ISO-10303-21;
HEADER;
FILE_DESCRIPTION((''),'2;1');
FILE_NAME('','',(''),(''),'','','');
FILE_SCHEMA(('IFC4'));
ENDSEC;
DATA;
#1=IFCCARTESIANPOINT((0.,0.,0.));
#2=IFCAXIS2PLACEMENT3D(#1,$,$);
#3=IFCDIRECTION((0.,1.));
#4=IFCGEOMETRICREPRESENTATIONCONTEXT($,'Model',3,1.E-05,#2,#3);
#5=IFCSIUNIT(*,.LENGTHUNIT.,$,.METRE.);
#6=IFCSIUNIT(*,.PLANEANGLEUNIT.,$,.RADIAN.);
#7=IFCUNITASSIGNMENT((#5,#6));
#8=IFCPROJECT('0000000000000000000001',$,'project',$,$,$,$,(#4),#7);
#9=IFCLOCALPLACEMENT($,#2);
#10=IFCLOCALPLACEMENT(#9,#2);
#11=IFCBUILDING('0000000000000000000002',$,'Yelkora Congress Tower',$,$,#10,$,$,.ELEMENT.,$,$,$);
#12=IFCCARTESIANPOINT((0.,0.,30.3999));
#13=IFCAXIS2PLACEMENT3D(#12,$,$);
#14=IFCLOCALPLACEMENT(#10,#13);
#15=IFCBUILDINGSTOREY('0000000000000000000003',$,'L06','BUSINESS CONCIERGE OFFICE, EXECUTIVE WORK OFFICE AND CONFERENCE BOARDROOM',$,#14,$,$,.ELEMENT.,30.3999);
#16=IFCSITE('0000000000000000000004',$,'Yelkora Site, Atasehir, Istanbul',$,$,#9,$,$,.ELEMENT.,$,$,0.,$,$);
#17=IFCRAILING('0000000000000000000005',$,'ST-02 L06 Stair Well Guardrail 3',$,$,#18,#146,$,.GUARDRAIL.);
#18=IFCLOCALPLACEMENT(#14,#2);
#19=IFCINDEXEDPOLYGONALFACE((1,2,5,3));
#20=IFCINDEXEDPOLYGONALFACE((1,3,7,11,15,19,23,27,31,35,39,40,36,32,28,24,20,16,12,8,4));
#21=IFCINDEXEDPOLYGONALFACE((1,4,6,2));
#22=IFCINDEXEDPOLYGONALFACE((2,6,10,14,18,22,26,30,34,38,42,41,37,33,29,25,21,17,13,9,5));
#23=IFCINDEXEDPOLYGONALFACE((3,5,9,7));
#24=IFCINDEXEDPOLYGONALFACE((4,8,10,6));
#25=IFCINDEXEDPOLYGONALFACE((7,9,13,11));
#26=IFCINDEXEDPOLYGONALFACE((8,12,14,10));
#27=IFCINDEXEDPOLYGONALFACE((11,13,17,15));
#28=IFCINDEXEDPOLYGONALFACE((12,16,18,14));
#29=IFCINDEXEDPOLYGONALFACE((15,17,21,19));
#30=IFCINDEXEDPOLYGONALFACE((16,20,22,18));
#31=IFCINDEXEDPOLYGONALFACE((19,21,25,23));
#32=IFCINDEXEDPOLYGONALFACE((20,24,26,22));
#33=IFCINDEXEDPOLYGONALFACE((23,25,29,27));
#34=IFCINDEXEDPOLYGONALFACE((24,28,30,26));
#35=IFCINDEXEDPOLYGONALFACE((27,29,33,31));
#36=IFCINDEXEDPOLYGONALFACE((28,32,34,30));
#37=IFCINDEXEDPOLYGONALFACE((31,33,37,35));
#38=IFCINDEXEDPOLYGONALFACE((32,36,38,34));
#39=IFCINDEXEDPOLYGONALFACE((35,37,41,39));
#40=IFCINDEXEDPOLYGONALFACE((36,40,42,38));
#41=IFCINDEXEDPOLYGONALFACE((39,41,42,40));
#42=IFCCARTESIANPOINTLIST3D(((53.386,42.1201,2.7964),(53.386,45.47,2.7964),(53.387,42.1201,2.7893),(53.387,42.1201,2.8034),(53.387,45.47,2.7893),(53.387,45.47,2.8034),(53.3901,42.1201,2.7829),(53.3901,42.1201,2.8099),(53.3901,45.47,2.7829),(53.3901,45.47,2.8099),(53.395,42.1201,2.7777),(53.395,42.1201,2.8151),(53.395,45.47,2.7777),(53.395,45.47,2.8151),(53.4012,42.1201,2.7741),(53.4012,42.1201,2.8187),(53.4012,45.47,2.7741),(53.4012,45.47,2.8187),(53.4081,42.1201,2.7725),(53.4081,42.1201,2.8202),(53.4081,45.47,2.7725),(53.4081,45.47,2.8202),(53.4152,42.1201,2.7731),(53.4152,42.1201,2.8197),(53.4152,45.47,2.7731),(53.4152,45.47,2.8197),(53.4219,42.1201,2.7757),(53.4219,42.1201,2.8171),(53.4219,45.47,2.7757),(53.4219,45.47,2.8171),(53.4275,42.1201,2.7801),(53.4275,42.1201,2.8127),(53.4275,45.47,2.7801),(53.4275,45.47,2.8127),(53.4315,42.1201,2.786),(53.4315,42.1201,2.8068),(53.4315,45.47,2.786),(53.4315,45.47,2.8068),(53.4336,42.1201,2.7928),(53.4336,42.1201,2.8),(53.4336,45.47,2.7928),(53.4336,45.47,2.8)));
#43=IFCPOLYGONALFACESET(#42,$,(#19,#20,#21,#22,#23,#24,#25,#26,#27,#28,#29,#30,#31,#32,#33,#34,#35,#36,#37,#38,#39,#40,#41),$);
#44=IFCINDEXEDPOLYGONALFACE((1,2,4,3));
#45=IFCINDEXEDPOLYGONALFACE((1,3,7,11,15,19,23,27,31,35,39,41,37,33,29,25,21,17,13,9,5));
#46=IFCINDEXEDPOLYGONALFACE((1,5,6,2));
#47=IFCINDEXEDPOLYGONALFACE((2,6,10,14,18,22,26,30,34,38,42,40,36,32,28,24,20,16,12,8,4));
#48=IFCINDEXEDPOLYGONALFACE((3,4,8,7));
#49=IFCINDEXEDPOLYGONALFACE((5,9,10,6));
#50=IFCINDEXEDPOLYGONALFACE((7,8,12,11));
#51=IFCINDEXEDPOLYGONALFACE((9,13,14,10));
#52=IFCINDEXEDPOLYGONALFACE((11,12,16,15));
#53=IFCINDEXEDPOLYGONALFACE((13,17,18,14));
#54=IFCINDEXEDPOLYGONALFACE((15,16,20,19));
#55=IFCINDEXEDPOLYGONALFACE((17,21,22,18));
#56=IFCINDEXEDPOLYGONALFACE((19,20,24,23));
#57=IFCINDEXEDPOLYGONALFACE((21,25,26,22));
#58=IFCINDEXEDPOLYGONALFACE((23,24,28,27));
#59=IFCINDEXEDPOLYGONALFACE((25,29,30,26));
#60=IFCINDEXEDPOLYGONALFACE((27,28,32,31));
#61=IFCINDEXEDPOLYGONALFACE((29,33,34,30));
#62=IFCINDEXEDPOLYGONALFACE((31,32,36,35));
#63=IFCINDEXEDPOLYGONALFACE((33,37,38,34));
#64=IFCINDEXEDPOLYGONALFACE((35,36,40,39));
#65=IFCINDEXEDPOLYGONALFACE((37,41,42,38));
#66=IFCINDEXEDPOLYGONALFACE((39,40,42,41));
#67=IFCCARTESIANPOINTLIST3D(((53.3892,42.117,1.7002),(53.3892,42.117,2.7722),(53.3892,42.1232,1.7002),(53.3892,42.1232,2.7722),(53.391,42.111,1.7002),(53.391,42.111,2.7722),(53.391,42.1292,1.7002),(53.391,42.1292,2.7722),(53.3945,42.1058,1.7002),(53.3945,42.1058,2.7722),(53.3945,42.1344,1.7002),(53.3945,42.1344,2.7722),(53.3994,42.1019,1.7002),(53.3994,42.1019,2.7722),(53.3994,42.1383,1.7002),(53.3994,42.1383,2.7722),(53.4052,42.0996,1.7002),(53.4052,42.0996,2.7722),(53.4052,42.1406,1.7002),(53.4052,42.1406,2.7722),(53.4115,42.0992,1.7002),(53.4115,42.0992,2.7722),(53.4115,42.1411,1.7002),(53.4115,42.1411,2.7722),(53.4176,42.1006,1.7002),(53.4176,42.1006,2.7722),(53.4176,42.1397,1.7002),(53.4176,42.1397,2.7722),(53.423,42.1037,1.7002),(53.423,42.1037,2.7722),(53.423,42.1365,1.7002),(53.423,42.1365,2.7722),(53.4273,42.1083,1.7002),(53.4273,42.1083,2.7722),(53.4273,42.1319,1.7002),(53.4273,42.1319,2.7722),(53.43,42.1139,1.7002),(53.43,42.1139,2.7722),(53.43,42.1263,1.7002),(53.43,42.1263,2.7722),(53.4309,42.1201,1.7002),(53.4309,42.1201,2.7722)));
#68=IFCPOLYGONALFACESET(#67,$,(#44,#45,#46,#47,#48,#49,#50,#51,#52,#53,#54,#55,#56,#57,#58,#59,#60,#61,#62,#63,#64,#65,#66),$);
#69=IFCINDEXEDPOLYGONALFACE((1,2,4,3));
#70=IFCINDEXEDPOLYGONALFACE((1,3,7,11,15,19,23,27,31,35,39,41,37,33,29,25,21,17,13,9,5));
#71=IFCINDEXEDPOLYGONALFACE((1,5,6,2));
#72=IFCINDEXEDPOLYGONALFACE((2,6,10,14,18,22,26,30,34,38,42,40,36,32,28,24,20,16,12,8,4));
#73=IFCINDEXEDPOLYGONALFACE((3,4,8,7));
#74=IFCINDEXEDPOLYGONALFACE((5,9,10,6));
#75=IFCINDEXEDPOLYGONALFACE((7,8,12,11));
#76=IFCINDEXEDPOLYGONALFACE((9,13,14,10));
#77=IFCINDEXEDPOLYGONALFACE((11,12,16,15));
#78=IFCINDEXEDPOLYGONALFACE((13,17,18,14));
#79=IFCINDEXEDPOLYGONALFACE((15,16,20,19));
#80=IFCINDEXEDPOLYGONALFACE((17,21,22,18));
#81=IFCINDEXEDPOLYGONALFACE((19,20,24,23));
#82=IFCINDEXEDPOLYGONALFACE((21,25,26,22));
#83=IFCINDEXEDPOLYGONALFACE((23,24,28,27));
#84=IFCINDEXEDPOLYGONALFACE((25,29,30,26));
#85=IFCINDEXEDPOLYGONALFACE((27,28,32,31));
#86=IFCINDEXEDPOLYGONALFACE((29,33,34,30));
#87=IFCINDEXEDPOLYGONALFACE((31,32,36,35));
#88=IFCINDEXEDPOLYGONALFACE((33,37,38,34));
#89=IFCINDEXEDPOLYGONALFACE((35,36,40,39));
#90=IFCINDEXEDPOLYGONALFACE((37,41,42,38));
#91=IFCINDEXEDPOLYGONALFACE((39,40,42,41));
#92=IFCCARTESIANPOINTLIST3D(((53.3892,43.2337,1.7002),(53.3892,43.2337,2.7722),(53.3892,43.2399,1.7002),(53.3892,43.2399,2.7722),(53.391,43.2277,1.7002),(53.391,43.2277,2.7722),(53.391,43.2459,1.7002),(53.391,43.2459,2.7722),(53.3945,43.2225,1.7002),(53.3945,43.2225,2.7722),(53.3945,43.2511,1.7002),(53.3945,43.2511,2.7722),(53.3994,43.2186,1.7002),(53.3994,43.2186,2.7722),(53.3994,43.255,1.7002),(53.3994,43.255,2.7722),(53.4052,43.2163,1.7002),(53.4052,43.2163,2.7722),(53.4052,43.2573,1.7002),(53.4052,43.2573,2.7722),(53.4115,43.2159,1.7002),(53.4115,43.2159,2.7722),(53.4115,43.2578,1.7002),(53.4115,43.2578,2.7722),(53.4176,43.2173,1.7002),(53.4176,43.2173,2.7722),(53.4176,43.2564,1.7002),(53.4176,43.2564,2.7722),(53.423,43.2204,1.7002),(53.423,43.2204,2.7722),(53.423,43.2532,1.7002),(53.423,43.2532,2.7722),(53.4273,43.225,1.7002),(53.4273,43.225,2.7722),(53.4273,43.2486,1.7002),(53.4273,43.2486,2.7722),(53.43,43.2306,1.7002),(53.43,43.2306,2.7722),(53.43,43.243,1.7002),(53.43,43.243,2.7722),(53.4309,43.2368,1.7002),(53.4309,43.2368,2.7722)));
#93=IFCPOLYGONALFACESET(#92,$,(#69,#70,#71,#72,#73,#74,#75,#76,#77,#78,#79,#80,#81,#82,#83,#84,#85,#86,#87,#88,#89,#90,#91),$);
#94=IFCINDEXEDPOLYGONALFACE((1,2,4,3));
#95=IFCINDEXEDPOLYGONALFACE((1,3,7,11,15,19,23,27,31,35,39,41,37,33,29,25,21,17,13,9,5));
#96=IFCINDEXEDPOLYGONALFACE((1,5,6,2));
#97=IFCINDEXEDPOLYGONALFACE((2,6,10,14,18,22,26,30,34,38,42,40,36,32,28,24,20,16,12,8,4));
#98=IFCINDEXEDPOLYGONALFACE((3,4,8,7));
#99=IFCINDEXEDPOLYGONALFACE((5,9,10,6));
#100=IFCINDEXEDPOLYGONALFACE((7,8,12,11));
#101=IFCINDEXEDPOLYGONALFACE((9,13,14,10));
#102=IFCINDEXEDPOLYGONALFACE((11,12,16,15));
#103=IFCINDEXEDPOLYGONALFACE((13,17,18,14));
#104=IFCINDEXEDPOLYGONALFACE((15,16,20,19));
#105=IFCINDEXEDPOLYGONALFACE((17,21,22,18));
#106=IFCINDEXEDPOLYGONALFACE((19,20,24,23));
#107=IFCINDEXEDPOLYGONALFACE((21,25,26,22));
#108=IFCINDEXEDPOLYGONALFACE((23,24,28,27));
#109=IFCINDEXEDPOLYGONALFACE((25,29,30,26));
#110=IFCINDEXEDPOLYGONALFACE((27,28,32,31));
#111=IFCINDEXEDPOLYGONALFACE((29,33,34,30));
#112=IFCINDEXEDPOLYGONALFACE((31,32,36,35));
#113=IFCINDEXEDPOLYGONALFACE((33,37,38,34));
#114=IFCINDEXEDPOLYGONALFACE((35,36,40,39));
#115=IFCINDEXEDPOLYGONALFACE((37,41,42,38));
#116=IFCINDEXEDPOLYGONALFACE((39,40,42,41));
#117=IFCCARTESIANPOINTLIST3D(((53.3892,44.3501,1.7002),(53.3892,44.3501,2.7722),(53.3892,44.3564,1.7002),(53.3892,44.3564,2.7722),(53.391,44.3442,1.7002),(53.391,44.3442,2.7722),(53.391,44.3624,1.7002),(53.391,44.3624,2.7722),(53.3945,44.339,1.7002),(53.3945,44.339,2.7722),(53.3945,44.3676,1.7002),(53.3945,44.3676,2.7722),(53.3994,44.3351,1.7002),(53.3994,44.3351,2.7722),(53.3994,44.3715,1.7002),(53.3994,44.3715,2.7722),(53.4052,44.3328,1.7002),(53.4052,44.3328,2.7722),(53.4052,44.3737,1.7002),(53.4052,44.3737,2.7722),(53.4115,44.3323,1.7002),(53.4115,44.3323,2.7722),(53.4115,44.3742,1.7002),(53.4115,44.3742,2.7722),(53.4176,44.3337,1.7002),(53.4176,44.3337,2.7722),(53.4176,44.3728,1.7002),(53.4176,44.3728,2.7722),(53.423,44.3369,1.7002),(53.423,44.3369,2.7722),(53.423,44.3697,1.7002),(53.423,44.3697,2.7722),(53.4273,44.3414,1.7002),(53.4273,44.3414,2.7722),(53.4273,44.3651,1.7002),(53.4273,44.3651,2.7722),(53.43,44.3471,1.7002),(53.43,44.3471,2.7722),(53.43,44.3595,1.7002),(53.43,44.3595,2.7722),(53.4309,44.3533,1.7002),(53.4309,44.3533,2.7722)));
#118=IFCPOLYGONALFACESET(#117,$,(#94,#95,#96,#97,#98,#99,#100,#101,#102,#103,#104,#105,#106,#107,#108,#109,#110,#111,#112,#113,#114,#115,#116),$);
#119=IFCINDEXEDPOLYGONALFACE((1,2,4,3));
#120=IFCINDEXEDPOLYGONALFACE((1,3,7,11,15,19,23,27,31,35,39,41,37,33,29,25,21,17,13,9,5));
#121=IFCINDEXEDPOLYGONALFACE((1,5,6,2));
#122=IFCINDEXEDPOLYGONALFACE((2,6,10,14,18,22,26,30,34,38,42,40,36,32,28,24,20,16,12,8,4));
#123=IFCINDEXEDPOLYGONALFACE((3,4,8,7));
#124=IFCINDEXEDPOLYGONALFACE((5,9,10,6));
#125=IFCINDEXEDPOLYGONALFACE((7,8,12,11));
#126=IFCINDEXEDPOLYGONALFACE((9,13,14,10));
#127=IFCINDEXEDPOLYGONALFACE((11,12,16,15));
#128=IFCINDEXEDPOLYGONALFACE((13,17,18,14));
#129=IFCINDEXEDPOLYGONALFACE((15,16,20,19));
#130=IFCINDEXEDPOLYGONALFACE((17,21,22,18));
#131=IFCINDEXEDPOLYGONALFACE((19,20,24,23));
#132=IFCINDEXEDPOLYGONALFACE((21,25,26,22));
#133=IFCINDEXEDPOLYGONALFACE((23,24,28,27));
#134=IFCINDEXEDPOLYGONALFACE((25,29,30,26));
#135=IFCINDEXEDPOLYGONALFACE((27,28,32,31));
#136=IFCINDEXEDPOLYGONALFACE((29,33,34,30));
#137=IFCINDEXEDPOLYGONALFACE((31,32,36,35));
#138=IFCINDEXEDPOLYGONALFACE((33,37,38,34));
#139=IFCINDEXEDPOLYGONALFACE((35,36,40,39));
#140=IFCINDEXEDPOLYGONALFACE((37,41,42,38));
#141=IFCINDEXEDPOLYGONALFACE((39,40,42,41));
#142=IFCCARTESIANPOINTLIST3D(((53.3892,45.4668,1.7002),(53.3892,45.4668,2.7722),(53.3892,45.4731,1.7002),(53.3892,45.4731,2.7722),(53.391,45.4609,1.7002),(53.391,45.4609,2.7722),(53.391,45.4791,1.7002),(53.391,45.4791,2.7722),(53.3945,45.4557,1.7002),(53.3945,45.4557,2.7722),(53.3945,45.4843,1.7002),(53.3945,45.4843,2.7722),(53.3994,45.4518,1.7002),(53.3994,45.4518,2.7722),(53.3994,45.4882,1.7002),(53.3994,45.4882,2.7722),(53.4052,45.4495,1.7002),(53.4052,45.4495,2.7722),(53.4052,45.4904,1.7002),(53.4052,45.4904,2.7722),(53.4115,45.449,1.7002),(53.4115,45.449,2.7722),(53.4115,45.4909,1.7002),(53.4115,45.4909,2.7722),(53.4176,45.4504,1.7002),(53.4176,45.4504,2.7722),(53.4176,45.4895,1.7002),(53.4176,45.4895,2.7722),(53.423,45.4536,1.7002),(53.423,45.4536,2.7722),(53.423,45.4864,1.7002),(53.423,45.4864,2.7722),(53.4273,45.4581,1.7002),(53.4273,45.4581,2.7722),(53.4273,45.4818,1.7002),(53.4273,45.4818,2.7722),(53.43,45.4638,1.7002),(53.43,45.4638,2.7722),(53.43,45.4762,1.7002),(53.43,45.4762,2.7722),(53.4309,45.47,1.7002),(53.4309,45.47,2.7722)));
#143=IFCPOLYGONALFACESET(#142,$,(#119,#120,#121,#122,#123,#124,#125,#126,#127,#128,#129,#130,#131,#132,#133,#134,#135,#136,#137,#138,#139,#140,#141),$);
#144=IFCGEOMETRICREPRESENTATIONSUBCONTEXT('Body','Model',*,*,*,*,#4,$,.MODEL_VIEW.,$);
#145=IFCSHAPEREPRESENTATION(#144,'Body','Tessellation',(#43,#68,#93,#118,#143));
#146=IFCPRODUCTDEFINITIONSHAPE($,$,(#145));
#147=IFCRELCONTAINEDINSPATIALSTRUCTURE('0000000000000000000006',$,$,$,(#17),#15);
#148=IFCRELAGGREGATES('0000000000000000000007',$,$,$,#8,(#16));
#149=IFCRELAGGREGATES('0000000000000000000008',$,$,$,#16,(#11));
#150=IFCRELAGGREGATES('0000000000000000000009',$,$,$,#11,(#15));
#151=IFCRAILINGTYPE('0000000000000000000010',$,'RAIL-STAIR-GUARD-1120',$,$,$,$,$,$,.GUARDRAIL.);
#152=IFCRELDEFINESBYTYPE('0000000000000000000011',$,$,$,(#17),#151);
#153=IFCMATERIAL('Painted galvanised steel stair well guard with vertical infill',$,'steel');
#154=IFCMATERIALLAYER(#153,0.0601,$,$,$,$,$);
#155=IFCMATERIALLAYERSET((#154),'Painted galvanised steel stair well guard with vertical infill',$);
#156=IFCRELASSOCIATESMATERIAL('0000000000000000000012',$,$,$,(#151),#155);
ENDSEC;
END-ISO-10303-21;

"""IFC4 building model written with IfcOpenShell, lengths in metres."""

from ifc_helpers import new_model, si_unit, direction, frame, origin, origin_2d, place, context, subcontext, project, spatial, circle, extrude, material, layer, layer_set, type_object, element, save


model = new_model("IFC4")

# Units and contexts
model_context = context("Model", 3, precision=1e-05, world=origin(), true_north=direction((0.0, 1.0)))
body_context = subcontext(model_context, "Body", "Model", "MODEL_VIEW")
ifc_project = project(units=[si_unit("LENGTHUNIT", "METRE"), si_unit("PLANEANGLEUNIT", "RADIAN")], contexts=[model_context])

# Site, building, storey
site_placement = place(None, origin())
site = spatial("IfcSite", under=ifc_project, at=site_placement, Name="Yelkora Site, Atasehir, Istanbul", CompositionType="ELEMENT", RefElevation=0.0)
building_placement = place(site_placement, origin())
building = spatial("IfcBuilding", under=site, at=building_placement, Name="Yelkora Congress Tower", CompositionType="ELEMENT")
storey_placement = place(building_placement, frame((0.0, 0.0, 30.3999)))
storey = spatial("IfcBuildingStorey", under=building, at=storey_placement, Name="L06", Description="BUSINESS CONCIERGE OFFICE, EXECUTIVE WORK OFFICE AND CONFERENCE BOARDROOM", CompositionType="ELEMENT", Elevation=30.3999)

# Railing
ifc_material_1 = material(Name="Painted galvanised steel stair well guard with vertical infill", Category="steel")
ifc_layer_1 = layer(ifc_material_1, 0.0601)
ifc_layer_set_1 = layer_set([ifc_layer_1], Name="Painted galvanised steel stair well guard with vertical infill")
railing_type_1 = type_object("IfcRailingType", Name="RAIL-STAIR-GUARD-1120", PredefinedType="GUARDRAIL", material=ifc_layer_set_1)
railing_1_placement = place(storey_placement, frame((53.4099, 42.1201, 1.7002)))
element("IfcRailing", 1, at=railing_1_placement, inside=storey, type_object=railing_type_1, Name="ST-02 L06 Stair Well Guardrail 3", PredefinedType="GUARDRAIL", context=body_context, shape_type="SweptSolid", body=[
    extrude(circle(Radius=0.0239, at=origin_2d()), frame((0.0, 0.0, 1.0962), z_axis=(0.0, 1.0, 0.0), x_axis=(-1.0, 0.0, 0.0)), (0.0, 0.0, 1.0), 3.3499),
    extrude(circle(Radius=0.021, at=origin_2d()), origin(), (0.0, 0.0, 1.0), 1.072),
    extrude(circle(Radius=0.021, at=origin_2d()), frame((0.0, 1.1167, 0.0)), (0.0, 0.0, 1.0), 1.072),
    extrude(circle(Radius=0.021, at=origin_2d()), frame((0.0, 2.2332, 0.0)), (0.0, 0.0, 1.0), 1.072),
    extrude(circle(Radius=0.021, at=origin_2d()), frame((0.0, 3.3499, 0.0)), (0.0, 0.0, 1.0), 1.072),
])

save(model, "model.ifc")
